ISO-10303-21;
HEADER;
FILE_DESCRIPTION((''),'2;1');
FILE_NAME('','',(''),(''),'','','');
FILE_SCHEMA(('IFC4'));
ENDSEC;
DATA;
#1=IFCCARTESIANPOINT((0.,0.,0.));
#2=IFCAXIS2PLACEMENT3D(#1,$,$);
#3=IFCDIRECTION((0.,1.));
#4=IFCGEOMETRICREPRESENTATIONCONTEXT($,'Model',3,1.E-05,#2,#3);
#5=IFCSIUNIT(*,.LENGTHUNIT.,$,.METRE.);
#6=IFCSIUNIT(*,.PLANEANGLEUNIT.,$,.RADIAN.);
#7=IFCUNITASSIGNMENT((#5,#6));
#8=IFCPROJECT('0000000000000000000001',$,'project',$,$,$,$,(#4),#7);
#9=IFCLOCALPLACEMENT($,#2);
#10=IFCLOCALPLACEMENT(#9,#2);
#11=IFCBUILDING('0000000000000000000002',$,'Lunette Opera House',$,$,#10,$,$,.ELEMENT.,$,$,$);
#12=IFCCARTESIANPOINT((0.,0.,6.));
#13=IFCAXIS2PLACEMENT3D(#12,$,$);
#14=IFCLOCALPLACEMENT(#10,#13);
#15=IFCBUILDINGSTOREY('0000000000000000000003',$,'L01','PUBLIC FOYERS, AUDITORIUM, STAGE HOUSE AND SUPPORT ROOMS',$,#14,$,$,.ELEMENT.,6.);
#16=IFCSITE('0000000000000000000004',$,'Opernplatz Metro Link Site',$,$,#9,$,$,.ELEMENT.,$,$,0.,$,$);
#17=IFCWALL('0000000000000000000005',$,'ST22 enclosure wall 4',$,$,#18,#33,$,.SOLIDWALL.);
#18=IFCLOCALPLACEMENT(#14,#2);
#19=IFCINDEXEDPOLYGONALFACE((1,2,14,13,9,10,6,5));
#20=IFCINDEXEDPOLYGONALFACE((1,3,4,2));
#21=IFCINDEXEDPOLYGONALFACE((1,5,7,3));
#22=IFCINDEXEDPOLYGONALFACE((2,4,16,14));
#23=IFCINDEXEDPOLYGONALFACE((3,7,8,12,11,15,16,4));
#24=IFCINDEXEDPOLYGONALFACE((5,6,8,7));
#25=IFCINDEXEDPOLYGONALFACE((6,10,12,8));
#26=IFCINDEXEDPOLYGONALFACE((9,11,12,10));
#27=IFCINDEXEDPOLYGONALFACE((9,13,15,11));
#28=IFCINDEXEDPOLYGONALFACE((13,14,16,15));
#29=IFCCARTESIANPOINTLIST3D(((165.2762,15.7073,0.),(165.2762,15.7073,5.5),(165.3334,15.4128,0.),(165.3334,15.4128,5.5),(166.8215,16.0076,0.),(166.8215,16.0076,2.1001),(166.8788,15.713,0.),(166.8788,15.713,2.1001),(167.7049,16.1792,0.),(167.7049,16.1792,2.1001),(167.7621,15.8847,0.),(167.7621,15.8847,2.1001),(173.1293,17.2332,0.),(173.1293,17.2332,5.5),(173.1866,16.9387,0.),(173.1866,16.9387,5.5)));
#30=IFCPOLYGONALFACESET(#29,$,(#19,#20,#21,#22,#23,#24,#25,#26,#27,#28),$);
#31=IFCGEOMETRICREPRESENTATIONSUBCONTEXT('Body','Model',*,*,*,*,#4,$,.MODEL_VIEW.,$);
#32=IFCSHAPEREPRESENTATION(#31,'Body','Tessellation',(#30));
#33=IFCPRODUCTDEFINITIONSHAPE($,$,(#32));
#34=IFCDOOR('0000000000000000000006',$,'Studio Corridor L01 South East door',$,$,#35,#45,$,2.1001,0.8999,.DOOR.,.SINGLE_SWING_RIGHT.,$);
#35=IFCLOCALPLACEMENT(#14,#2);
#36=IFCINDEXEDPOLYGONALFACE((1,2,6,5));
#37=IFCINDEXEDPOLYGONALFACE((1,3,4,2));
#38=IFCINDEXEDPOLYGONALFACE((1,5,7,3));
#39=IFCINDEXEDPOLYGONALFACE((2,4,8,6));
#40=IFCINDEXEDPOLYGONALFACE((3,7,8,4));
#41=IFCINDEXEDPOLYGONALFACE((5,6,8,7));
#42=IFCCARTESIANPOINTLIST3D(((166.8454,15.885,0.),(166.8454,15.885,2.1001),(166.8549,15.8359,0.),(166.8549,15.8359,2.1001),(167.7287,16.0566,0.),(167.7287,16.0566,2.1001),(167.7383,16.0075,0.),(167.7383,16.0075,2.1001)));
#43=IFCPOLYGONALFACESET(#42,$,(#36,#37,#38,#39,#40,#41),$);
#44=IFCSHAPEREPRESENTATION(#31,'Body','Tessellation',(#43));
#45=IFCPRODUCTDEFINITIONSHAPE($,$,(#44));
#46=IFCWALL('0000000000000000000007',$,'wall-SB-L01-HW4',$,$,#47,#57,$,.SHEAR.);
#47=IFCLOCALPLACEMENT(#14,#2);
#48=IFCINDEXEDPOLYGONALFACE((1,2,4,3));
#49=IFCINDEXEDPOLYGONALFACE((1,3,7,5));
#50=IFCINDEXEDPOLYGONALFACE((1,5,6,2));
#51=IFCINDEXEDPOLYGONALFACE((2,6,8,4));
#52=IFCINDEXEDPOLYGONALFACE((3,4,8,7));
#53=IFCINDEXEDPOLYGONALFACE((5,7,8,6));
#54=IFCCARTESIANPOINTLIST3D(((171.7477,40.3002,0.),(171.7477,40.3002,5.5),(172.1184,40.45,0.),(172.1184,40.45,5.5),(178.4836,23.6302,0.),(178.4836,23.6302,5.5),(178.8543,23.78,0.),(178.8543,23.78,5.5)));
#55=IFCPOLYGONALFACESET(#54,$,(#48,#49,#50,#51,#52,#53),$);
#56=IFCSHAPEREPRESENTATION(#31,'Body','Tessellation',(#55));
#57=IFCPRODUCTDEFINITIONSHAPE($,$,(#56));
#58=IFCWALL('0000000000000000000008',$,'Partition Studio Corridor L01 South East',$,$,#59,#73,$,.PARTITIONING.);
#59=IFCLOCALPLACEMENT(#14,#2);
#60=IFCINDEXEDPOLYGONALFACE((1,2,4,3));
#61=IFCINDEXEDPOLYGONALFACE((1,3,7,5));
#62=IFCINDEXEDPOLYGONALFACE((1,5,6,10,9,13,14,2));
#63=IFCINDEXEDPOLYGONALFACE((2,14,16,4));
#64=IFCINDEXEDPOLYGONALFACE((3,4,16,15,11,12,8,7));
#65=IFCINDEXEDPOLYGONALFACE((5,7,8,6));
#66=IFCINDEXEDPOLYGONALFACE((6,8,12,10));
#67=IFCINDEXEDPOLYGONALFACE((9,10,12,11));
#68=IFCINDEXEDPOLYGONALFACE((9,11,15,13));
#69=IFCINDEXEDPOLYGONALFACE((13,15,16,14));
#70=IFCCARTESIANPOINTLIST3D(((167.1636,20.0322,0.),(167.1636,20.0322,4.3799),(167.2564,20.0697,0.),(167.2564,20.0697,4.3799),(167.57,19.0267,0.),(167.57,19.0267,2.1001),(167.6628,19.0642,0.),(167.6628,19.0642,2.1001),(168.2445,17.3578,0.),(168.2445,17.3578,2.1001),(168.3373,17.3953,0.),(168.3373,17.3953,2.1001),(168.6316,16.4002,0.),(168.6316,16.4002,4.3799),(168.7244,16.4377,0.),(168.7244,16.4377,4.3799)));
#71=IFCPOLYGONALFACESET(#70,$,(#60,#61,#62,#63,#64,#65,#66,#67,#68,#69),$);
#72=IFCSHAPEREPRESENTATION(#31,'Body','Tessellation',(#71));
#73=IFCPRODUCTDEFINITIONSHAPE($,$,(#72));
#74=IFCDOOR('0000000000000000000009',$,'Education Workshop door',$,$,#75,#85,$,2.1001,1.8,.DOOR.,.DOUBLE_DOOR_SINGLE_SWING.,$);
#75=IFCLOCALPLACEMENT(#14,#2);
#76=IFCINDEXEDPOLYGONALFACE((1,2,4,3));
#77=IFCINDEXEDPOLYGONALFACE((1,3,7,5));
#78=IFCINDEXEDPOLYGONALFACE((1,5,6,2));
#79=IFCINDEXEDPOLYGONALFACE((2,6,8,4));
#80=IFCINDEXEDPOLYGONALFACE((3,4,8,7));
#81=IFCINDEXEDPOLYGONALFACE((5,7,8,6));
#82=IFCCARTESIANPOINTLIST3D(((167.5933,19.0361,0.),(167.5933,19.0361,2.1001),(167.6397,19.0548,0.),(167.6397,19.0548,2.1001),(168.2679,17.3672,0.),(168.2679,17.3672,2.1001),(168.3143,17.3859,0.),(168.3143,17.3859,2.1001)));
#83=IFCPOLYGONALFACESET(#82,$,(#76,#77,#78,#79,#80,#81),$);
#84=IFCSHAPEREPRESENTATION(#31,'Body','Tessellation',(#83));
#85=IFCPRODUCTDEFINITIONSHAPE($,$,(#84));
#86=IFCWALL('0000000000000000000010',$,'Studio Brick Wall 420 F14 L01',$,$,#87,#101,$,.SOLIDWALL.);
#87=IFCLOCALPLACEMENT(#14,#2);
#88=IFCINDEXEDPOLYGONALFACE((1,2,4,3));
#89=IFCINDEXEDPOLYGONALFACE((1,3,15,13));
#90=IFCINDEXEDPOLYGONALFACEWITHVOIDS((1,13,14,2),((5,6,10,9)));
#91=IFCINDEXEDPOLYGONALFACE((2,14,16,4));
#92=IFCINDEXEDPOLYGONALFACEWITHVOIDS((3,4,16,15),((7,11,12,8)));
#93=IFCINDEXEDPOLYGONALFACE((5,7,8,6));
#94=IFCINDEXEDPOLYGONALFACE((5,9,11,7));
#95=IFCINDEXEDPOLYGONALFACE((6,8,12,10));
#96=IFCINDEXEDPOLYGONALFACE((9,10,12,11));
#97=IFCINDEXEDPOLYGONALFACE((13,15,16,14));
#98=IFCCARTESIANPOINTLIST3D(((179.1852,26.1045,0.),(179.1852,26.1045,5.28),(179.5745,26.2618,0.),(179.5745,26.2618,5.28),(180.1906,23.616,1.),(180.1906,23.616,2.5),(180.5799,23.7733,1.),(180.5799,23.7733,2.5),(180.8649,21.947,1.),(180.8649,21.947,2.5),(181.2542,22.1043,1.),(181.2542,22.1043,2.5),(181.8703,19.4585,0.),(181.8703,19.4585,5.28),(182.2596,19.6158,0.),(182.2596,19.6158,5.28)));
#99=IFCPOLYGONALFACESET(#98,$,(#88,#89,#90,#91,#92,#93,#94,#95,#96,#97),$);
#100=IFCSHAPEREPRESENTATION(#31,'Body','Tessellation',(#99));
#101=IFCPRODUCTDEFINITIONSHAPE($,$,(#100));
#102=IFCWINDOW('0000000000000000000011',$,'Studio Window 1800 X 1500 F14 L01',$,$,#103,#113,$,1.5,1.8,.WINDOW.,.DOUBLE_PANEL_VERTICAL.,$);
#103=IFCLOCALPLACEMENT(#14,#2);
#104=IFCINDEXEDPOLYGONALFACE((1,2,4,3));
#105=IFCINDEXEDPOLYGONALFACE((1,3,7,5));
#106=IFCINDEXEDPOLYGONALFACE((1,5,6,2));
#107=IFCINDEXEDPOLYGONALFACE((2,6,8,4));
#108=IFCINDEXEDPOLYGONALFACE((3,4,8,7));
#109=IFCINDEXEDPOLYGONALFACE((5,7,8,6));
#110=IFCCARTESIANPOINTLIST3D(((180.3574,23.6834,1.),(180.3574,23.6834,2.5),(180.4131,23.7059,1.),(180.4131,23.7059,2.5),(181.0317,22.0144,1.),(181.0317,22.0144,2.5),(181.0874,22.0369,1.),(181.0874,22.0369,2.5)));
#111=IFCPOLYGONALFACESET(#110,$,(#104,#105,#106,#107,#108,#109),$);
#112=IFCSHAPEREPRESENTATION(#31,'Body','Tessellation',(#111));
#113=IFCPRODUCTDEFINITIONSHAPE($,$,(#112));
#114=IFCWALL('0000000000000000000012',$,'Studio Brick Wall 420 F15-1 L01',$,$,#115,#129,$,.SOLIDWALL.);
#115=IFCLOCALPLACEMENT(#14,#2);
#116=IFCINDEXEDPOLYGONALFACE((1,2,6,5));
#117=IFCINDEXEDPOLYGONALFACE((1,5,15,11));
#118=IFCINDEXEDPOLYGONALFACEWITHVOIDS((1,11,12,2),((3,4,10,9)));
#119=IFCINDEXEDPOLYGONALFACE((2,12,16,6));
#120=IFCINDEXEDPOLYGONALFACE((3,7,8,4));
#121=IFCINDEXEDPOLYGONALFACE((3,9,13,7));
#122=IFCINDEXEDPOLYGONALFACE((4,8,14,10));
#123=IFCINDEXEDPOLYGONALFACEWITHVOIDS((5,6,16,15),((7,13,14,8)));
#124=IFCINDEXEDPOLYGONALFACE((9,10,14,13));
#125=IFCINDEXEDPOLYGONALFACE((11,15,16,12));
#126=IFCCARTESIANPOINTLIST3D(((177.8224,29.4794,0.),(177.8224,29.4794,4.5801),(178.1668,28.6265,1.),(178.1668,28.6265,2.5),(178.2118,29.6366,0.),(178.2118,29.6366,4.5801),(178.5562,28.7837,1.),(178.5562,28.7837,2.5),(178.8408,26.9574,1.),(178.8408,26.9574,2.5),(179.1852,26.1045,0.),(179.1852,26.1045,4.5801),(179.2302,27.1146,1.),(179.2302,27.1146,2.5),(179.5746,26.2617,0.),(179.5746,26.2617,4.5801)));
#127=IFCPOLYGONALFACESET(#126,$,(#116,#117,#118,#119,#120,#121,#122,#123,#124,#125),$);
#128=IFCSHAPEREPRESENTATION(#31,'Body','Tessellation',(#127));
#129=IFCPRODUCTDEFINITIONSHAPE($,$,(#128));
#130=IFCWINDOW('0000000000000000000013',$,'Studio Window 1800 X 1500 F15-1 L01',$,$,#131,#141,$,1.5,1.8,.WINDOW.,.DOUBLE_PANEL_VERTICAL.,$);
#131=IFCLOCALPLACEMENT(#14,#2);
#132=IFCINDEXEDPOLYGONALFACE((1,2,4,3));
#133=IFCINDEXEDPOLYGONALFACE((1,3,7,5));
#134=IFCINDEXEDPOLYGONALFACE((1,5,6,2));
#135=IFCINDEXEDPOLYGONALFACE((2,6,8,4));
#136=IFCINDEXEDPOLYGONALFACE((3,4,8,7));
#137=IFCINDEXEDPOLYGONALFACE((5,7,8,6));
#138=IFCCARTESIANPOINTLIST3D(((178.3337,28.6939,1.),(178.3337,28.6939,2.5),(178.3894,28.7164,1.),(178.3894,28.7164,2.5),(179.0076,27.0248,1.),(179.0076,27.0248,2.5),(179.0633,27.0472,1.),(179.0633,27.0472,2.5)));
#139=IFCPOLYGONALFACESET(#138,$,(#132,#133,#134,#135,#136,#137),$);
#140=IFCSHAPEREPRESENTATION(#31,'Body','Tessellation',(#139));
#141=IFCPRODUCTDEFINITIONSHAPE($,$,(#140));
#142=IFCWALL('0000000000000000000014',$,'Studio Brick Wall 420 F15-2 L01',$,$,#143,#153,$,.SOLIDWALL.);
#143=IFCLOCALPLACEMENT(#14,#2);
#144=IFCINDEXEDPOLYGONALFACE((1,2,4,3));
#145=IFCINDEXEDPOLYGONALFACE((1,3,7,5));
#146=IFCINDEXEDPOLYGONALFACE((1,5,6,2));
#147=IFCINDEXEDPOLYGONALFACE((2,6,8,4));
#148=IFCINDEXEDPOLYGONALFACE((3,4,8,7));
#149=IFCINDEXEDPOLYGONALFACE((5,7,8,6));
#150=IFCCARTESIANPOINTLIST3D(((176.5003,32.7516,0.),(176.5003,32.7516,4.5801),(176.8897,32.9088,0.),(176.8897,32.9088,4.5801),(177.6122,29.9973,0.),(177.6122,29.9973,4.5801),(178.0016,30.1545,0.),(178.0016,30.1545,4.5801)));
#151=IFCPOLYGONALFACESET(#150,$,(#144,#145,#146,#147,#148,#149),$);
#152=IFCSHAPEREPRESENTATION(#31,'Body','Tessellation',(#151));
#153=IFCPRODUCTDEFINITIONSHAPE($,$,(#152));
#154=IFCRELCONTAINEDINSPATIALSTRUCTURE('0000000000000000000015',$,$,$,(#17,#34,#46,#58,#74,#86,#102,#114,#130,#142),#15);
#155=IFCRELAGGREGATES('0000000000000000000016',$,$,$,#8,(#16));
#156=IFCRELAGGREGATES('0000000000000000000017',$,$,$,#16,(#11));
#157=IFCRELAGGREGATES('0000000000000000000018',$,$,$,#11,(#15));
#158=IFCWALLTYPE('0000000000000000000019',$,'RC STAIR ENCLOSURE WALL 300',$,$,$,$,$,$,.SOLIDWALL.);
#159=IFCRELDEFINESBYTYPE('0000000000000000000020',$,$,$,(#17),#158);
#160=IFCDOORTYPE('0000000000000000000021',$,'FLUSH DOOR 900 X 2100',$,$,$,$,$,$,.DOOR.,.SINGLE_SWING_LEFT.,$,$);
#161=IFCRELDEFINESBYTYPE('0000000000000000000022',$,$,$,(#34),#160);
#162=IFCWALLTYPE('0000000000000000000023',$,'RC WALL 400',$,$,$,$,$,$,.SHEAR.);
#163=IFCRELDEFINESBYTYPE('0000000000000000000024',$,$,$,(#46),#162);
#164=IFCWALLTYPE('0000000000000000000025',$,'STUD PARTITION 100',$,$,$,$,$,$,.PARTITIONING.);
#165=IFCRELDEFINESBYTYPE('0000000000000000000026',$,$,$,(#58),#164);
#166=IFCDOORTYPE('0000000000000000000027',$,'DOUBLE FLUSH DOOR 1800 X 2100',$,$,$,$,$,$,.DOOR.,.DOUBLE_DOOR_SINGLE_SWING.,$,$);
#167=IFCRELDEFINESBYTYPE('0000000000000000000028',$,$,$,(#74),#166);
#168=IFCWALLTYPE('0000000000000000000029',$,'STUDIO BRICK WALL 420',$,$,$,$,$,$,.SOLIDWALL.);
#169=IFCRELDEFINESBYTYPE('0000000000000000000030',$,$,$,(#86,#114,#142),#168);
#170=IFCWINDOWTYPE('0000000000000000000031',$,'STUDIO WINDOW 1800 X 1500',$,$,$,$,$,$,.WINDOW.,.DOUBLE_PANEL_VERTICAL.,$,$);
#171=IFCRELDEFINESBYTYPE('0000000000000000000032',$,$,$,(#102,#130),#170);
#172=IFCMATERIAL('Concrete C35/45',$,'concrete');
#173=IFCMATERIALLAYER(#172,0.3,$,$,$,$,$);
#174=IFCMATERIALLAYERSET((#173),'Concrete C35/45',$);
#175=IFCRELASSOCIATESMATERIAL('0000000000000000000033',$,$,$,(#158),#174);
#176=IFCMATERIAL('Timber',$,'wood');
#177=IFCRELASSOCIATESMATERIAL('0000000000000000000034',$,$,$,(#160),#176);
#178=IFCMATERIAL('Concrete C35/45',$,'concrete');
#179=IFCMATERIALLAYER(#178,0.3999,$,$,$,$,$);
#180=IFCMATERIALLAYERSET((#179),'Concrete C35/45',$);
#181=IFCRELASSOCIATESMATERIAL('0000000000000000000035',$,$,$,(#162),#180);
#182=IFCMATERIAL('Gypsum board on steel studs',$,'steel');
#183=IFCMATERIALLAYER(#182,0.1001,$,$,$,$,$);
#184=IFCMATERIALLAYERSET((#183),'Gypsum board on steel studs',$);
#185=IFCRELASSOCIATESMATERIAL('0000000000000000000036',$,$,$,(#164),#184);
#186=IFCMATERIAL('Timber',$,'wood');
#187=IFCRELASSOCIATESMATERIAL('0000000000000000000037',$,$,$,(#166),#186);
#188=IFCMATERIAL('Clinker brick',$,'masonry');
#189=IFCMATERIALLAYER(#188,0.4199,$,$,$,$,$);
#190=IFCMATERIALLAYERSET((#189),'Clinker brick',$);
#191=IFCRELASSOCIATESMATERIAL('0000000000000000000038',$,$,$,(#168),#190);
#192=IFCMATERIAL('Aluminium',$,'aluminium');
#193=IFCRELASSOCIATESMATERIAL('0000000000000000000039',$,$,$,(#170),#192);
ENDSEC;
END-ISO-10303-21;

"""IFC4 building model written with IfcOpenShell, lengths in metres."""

from ifc_helpers import new_model, si_unit, direction, frame, frame_2d, origin, place, context, subcontext, project, spatial, rectangle, extrude, material, layer, layer_set, type_object, element, fill, save


model = new_model("IFC4")

# Units and contexts
model_context = context("Model", 3, precision=1e-05, world=origin(), true_north=direction((0.0, 1.0)))
body_context = subcontext(model_context, "Body", "Model", "MODEL_VIEW")
ifc_project = project(units=[si_unit("LENGTHUNIT", "METRE"), si_unit("PLANEANGLEUNIT", "RADIAN")], contexts=[model_context])

# Site, building, storey
site_placement = place(None, origin())
site = spatial("IfcSite", under=ifc_project, at=site_placement, Name="Opernplatz Metro Link Site", CompositionType="ELEMENT", RefElevation=0.0)
building_placement = place(site_placement, origin())
building = spatial("IfcBuilding", under=site, at=building_placement, Name="Lunette Opera House", CompositionType="ELEMENT")
storey_placement = place(building_placement, frame((0.0, 0.0, 6.0)))
storey = spatial("IfcBuildingStorey", under=building, at=storey_placement, Name="L01", Description="PUBLIC FOYERS, AUDITORIUM, STAGE HOUSE AND SUPPORT ROOMS", CompositionType="ELEMENT", Elevation=6.0)

# Wall, opening, door
ifc_material_1 = material(Name="Concrete C35/45", Category="concrete")
ifc_layer_1 = layer(ifc_material_1, 0.3)
ifc_layer_set_1 = layer_set([ifc_layer_1], Name="Concrete C35/45")
wall_type_1 = type_object("IfcWallType", Name="RC STAIR ENCLOSURE WALL 300", PredefinedType="SOLIDWALL", material=ifc_layer_set_1)
wall_1_placement = place(storey_placement, frame((173.158, 17.0859, 0.0), z_axis=(0.0, 0.0, 1.0), x_axis=(-0.981641, -0.190737, 0.0)))
wall_1 = element("IfcWall", 1, at=wall_1_placement, inside=storey, type_object=wall_type_1, Name="ST22 enclosure wall 4", PredefinedType="SOLIDWALL", context=body_context, shape_type="SweptSolid", body=[
    extrude(rectangle(XDim=8.0, YDim=0.3, at=frame_2d((4.0, 0.0))), origin(), (0.0, 0.0, 1.0), 5.5),
])
opening_1_placement = place(wall_1_placement, frame((5.5259, 0.0, 0.0)))
opening_1 = element("IfcOpeningElement", 2, at=opening_1_placement, cuts=wall_1, PredefinedType="OPENING", context=body_context, shape_type="SweptSolid", body=[
    extrude(rectangle(XDim=0.8999, YDim=2.1001, at=frame_2d((0.45, 1.05))), frame((0.0, 0.1621, 0.0), z_axis=(0.0, -1.0, 0.0), x_axis=(1.0, 0.0, 0.0)), (0.0, 0.0, 1.0), 0.324),
])
ifc_material_2 = material(Name="Timber", Category="wood")
door_type_1 = type_object("IfcDoorType", Name="FLUSH DOOR 900 X 2100", OperationType="SINGLE_SWING_LEFT", PredefinedType="DOOR", material=ifc_material_2)
door_1_placement = place(opening_1_placement, origin())
door_1 = element("IfcDoor", 3, at=door_1_placement, inside=storey, type_object=door_type_1, Name="Studio Corridor L01 South East door", OperationType="SINGLE_SWING_RIGHT", OverallHeight=2.1001, OverallWidth=0.8999, PredefinedType="DOOR", context=body_context, shape_type="SweptSolid", body=[
    extrude(rectangle(XDim=0.8999, YDim=2.1001, at=frame_2d((0.45, 1.05))), frame((0.0, 0.0249, 0.0), z_axis=(0.0, -1.0, 0.0), x_axis=(1.0, 0.0, 0.0)), (0.0, 0.0, 1.0), 0.05),
])
fill(opening_1, door_1)

# Wall
ifc_material_3 = material(Name="Concrete C35/45", Category="concrete")
ifc_layer_2 = layer(ifc_material_3, 0.3999)
ifc_layer_set_2 = layer_set([ifc_layer_2], Name="Concrete C35/45")
wall_type_2 = type_object("IfcWallType", Name="RC WALL 400", PredefinedType="SHEAR", material=ifc_layer_set_2)
wall_2_placement = place(storey_placement, frame((178.6689, 23.7051, 0.0), z_axis=(0.0, 0.0, 1.0), x_axis=(-0.374643, 0.927169, 0.0)))
element("IfcWall", 4, at=wall_2_placement, inside=storey, type_object=wall_type_2, Name="wall-SB-L01-HW4", PredefinedType="SHEAR", context=body_context, shape_type="SweptSolid", body=[
    extrude(rectangle(XDim=17.9795, YDim=0.3999, at=frame_2d((8.9897, 0.0))), origin(), (0.0, 0.0, 1.0), 5.5),
])

# Wall, opening, door
ifc_material_4 = material(Name="Gypsum board on steel studs", Category="steel")
ifc_layer_3 = layer(ifc_material_4, 0.1001)
ifc_layer_set_3 = layer_set([ifc_layer_3], Name="Gypsum board on steel studs")
wall_type_3 = type_object("IfcWallType", Name="STUD PARTITION 100", PredefinedType="PARTITIONING", material=ifc_layer_set_3)
wall_3_placement = place(storey_placement, frame((168.678, 16.4189, 0.0), z_axis=(0.0, 0.0, 1.0), x_axis=(-0.37473, 0.927134, 0.0)))
wall_3 = element("IfcWall", 5, at=wall_3_placement, inside=storey, type_object=wall_type_3, Name="Partition Studio Corridor L01 South East", PredefinedType="PARTITIONING", context=body_context, shape_type="SweptSolid", body=[
    extrude(rectangle(XDim=3.9175, YDim=0.1001, at=frame_2d((1.9587, 0.0))), origin(), (0.0, 0.0, 1.0), 4.3799),
])
opening_2_placement = place(wall_3_placement, frame((1.033, 0.0, 0.0)))
opening_2 = element("IfcOpeningElement", 6, at=opening_2_placement, cuts=wall_3, PredefinedType="OPENING", context=body_context, shape_type="SweptSolid", body=[
    extrude(rectangle(XDim=1.8, YDim=2.1001, at=frame_2d((0.8999, 1.05))), frame((0.0, 0.062, 0.0), z_axis=(0.0, -1.0, 0.0), x_axis=(1.0, 0.0, 0.0)), (0.0, 0.0, 1.0), 0.124),
])
ifc_material_5 = material(Name="Timber", Category="wood")
door_type_2 = type_object("IfcDoorType", Name="DOUBLE FLUSH DOOR 1800 X 2100", OperationType="DOUBLE_DOOR_SINGLE_SWING", PredefinedType="DOOR", material=ifc_material_5)
door_2_placement = place(opening_2_placement, origin())
door_2 = element("IfcDoor", 7, at=door_2_placement, inside=storey, type_object=door_type_2, Name="Education Workshop door", OperationType="DOUBLE_DOOR_SINGLE_SWING", OverallHeight=2.1001, OverallWidth=1.8, PredefinedType="DOOR", context=body_context, shape_type="SweptSolid", body=[
    extrude(rectangle(XDim=1.8, YDim=2.1001, at=frame_2d((0.8999, 1.05))), frame((0.0, 0.0249, 0.0), z_axis=(0.0, -1.0, 0.0), x_axis=(1.0, 0.0, 0.0)), (0.0, 0.0, 1.0), 0.05),
])
fill(opening_2, door_2)

# Walls, openings, windows
ifc_material_6 = material(Name="Clinker brick", Category="masonry")
ifc_layer_4 = layer(ifc_material_6, 0.4199)
ifc_layer_set_4 = layer_set([ifc_layer_4], Name="Clinker brick")
wall_type_4 = type_object("IfcWallType", Name="STUDIO BRICK WALL 420", PredefinedType="SOLIDWALL", material=ifc_layer_set_4)
wall_4_placement = place(storey_placement, frame((182.0649, 19.5371, 0.0), z_axis=(0.0, 0.0, 1.0), x_axis=(-0.374595, 0.927189, 0.0)))
wall_4 = element("IfcWall", 8, at=wall_4_placement, inside=storey, type_object=wall_type_4, Name="Studio Brick Wall 420 F14 L01", PredefinedType="SOLIDWALL", context=body_context, shape_type="SweptSolid", body=[
    extrude(rectangle(XDim=7.168, YDim=0.4199, at=frame_2d((3.584, 0.0))), origin(), (0.0, 0.0, 1.0), 5.28),
])
opening_3_placement = place(wall_4_placement, frame((2.6841, 0.0, 1.0)))
opening_3 = element("IfcOpeningElement", 9, at=opening_3_placement, cuts=wall_4, PredefinedType="OPENING", context=body_context, shape_type="SweptSolid", body=[
    extrude(rectangle(XDim=1.8, YDim=1.5, at=frame_2d((0.8999, 0.75))), frame((0.0, 0.2219, 0.0), z_axis=(0.0, -1.0, 0.0), x_axis=(1.0, 0.0, 0.0)), (0.0, 0.0, 1.0), 0.4438),
])
ifc_material_7 = material(Name="Aluminium", Category="aluminium")
window_type = type_object("IfcWindowType", Name="STUDIO WINDOW 1800 X 1500", PartitioningType="DOUBLE_PANEL_VERTICAL", PredefinedType="WINDOW", material=ifc_material_7)
window_1_placement = place(opening_3_placement, origin())
window_1 = element("IfcWindow", 10, at=window_1_placement, inside=storey, type_object=window_type, Name="Studio Window 1800 X 1500 F14 L01", OverallHeight=1.5, OverallWidth=1.8, PartitioningType="DOUBLE_PANEL_VERTICAL", PredefinedType="WINDOW", context=body_context, shape_type="SweptSolid", body=[
    extrude(rectangle(XDim=1.8, YDim=1.5, at=frame_2d((0.8999, 0.75))), frame((0.0, 0.03, 0.0), z_axis=(0.0, -1.0, 0.0), x_axis=(1.0, 0.0, 0.0)), (0.0, 0.0, 1.0), 0.0601),
])
fill(opening_3, window_1)
wall_5_placement = place(storey_placement, frame((179.3799, 26.1831, 0.0), z_axis=(0.0, 0.0, 1.0), x_axis=(-0.374419, 0.92726, 0.0)))
wall_5 = element("IfcWall", 11, at=wall_5_placement, inside=storey, type_object=wall_type_4, Name="Studio Brick Wall 420 F15-1 L01", PredefinedType="SOLIDWALL", context=body_context, shape_type="SweptSolid", body=[
    extrude(rectangle(XDim=3.6396, YDim=0.4199, at=frame_2d((1.8198, 0.0))), origin(), (0.0, 0.0, 1.0), 4.5801),
])
opening_4_placement = place(wall_5_placement, frame((0.9199, 0.0, 1.0)))
opening_4 = element("IfcOpeningElement", 12, at=opening_4_placement, cuts=wall_5, PredefinedType="OPENING", context=body_context, shape_type="SweptSolid", body=[
    extrude(rectangle(XDim=1.8, YDim=1.5, at=frame_2d((0.8999, 0.75))), frame((0.0, 0.2219, 0.0), z_axis=(0.0, -1.0, 0.0), x_axis=(1.0, 0.0, 0.0)), (0.0, 0.0, 1.0), 0.4438),
])
window_2_placement = place(opening_4_placement, origin())
window_2 = element("IfcWindow", 13, at=window_2_placement, inside=storey, type_object=window_type, Name="Studio Window 1800 X 1500 F15-1 L01", OverallHeight=1.5, OverallWidth=1.8, PartitioningType="DOUBLE_PANEL_VERTICAL", PredefinedType="WINDOW", context=body_context, shape_type="SweptSolid", body=[
    extrude(rectangle(XDim=1.8, YDim=1.5, at=frame_2d((0.8999, 0.75))), frame((0.0, 0.03, 0.0), z_axis=(0.0, -1.0, 0.0), x_axis=(1.0, 0.0, 0.0)), (0.0, 0.0, 1.0), 0.0601),
])
fill(opening_4, window_2)

# Wall
wall_6_placement = place(storey_placement, frame((177.8069, 30.0759, 0.0), z_axis=(0.0, 0.0, 1.0), x_axis=(-0.374337, 0.927293, 0.0)))
element("IfcWall", 14, at=wall_6_placement, inside=storey, type_object=wall_type_4, Name="Studio Brick Wall 420 F15-2 L01", PredefinedType="SOLIDWALL", context=body_context, shape_type="SweptSolid", body=[
    extrude(rectangle(XDim=2.9702, YDim=0.4199, at=frame_2d((1.4851, 0.0))), origin(), (0.0, 0.0, 1.0), 4.5801),
])

save(model, "model.ifc")
